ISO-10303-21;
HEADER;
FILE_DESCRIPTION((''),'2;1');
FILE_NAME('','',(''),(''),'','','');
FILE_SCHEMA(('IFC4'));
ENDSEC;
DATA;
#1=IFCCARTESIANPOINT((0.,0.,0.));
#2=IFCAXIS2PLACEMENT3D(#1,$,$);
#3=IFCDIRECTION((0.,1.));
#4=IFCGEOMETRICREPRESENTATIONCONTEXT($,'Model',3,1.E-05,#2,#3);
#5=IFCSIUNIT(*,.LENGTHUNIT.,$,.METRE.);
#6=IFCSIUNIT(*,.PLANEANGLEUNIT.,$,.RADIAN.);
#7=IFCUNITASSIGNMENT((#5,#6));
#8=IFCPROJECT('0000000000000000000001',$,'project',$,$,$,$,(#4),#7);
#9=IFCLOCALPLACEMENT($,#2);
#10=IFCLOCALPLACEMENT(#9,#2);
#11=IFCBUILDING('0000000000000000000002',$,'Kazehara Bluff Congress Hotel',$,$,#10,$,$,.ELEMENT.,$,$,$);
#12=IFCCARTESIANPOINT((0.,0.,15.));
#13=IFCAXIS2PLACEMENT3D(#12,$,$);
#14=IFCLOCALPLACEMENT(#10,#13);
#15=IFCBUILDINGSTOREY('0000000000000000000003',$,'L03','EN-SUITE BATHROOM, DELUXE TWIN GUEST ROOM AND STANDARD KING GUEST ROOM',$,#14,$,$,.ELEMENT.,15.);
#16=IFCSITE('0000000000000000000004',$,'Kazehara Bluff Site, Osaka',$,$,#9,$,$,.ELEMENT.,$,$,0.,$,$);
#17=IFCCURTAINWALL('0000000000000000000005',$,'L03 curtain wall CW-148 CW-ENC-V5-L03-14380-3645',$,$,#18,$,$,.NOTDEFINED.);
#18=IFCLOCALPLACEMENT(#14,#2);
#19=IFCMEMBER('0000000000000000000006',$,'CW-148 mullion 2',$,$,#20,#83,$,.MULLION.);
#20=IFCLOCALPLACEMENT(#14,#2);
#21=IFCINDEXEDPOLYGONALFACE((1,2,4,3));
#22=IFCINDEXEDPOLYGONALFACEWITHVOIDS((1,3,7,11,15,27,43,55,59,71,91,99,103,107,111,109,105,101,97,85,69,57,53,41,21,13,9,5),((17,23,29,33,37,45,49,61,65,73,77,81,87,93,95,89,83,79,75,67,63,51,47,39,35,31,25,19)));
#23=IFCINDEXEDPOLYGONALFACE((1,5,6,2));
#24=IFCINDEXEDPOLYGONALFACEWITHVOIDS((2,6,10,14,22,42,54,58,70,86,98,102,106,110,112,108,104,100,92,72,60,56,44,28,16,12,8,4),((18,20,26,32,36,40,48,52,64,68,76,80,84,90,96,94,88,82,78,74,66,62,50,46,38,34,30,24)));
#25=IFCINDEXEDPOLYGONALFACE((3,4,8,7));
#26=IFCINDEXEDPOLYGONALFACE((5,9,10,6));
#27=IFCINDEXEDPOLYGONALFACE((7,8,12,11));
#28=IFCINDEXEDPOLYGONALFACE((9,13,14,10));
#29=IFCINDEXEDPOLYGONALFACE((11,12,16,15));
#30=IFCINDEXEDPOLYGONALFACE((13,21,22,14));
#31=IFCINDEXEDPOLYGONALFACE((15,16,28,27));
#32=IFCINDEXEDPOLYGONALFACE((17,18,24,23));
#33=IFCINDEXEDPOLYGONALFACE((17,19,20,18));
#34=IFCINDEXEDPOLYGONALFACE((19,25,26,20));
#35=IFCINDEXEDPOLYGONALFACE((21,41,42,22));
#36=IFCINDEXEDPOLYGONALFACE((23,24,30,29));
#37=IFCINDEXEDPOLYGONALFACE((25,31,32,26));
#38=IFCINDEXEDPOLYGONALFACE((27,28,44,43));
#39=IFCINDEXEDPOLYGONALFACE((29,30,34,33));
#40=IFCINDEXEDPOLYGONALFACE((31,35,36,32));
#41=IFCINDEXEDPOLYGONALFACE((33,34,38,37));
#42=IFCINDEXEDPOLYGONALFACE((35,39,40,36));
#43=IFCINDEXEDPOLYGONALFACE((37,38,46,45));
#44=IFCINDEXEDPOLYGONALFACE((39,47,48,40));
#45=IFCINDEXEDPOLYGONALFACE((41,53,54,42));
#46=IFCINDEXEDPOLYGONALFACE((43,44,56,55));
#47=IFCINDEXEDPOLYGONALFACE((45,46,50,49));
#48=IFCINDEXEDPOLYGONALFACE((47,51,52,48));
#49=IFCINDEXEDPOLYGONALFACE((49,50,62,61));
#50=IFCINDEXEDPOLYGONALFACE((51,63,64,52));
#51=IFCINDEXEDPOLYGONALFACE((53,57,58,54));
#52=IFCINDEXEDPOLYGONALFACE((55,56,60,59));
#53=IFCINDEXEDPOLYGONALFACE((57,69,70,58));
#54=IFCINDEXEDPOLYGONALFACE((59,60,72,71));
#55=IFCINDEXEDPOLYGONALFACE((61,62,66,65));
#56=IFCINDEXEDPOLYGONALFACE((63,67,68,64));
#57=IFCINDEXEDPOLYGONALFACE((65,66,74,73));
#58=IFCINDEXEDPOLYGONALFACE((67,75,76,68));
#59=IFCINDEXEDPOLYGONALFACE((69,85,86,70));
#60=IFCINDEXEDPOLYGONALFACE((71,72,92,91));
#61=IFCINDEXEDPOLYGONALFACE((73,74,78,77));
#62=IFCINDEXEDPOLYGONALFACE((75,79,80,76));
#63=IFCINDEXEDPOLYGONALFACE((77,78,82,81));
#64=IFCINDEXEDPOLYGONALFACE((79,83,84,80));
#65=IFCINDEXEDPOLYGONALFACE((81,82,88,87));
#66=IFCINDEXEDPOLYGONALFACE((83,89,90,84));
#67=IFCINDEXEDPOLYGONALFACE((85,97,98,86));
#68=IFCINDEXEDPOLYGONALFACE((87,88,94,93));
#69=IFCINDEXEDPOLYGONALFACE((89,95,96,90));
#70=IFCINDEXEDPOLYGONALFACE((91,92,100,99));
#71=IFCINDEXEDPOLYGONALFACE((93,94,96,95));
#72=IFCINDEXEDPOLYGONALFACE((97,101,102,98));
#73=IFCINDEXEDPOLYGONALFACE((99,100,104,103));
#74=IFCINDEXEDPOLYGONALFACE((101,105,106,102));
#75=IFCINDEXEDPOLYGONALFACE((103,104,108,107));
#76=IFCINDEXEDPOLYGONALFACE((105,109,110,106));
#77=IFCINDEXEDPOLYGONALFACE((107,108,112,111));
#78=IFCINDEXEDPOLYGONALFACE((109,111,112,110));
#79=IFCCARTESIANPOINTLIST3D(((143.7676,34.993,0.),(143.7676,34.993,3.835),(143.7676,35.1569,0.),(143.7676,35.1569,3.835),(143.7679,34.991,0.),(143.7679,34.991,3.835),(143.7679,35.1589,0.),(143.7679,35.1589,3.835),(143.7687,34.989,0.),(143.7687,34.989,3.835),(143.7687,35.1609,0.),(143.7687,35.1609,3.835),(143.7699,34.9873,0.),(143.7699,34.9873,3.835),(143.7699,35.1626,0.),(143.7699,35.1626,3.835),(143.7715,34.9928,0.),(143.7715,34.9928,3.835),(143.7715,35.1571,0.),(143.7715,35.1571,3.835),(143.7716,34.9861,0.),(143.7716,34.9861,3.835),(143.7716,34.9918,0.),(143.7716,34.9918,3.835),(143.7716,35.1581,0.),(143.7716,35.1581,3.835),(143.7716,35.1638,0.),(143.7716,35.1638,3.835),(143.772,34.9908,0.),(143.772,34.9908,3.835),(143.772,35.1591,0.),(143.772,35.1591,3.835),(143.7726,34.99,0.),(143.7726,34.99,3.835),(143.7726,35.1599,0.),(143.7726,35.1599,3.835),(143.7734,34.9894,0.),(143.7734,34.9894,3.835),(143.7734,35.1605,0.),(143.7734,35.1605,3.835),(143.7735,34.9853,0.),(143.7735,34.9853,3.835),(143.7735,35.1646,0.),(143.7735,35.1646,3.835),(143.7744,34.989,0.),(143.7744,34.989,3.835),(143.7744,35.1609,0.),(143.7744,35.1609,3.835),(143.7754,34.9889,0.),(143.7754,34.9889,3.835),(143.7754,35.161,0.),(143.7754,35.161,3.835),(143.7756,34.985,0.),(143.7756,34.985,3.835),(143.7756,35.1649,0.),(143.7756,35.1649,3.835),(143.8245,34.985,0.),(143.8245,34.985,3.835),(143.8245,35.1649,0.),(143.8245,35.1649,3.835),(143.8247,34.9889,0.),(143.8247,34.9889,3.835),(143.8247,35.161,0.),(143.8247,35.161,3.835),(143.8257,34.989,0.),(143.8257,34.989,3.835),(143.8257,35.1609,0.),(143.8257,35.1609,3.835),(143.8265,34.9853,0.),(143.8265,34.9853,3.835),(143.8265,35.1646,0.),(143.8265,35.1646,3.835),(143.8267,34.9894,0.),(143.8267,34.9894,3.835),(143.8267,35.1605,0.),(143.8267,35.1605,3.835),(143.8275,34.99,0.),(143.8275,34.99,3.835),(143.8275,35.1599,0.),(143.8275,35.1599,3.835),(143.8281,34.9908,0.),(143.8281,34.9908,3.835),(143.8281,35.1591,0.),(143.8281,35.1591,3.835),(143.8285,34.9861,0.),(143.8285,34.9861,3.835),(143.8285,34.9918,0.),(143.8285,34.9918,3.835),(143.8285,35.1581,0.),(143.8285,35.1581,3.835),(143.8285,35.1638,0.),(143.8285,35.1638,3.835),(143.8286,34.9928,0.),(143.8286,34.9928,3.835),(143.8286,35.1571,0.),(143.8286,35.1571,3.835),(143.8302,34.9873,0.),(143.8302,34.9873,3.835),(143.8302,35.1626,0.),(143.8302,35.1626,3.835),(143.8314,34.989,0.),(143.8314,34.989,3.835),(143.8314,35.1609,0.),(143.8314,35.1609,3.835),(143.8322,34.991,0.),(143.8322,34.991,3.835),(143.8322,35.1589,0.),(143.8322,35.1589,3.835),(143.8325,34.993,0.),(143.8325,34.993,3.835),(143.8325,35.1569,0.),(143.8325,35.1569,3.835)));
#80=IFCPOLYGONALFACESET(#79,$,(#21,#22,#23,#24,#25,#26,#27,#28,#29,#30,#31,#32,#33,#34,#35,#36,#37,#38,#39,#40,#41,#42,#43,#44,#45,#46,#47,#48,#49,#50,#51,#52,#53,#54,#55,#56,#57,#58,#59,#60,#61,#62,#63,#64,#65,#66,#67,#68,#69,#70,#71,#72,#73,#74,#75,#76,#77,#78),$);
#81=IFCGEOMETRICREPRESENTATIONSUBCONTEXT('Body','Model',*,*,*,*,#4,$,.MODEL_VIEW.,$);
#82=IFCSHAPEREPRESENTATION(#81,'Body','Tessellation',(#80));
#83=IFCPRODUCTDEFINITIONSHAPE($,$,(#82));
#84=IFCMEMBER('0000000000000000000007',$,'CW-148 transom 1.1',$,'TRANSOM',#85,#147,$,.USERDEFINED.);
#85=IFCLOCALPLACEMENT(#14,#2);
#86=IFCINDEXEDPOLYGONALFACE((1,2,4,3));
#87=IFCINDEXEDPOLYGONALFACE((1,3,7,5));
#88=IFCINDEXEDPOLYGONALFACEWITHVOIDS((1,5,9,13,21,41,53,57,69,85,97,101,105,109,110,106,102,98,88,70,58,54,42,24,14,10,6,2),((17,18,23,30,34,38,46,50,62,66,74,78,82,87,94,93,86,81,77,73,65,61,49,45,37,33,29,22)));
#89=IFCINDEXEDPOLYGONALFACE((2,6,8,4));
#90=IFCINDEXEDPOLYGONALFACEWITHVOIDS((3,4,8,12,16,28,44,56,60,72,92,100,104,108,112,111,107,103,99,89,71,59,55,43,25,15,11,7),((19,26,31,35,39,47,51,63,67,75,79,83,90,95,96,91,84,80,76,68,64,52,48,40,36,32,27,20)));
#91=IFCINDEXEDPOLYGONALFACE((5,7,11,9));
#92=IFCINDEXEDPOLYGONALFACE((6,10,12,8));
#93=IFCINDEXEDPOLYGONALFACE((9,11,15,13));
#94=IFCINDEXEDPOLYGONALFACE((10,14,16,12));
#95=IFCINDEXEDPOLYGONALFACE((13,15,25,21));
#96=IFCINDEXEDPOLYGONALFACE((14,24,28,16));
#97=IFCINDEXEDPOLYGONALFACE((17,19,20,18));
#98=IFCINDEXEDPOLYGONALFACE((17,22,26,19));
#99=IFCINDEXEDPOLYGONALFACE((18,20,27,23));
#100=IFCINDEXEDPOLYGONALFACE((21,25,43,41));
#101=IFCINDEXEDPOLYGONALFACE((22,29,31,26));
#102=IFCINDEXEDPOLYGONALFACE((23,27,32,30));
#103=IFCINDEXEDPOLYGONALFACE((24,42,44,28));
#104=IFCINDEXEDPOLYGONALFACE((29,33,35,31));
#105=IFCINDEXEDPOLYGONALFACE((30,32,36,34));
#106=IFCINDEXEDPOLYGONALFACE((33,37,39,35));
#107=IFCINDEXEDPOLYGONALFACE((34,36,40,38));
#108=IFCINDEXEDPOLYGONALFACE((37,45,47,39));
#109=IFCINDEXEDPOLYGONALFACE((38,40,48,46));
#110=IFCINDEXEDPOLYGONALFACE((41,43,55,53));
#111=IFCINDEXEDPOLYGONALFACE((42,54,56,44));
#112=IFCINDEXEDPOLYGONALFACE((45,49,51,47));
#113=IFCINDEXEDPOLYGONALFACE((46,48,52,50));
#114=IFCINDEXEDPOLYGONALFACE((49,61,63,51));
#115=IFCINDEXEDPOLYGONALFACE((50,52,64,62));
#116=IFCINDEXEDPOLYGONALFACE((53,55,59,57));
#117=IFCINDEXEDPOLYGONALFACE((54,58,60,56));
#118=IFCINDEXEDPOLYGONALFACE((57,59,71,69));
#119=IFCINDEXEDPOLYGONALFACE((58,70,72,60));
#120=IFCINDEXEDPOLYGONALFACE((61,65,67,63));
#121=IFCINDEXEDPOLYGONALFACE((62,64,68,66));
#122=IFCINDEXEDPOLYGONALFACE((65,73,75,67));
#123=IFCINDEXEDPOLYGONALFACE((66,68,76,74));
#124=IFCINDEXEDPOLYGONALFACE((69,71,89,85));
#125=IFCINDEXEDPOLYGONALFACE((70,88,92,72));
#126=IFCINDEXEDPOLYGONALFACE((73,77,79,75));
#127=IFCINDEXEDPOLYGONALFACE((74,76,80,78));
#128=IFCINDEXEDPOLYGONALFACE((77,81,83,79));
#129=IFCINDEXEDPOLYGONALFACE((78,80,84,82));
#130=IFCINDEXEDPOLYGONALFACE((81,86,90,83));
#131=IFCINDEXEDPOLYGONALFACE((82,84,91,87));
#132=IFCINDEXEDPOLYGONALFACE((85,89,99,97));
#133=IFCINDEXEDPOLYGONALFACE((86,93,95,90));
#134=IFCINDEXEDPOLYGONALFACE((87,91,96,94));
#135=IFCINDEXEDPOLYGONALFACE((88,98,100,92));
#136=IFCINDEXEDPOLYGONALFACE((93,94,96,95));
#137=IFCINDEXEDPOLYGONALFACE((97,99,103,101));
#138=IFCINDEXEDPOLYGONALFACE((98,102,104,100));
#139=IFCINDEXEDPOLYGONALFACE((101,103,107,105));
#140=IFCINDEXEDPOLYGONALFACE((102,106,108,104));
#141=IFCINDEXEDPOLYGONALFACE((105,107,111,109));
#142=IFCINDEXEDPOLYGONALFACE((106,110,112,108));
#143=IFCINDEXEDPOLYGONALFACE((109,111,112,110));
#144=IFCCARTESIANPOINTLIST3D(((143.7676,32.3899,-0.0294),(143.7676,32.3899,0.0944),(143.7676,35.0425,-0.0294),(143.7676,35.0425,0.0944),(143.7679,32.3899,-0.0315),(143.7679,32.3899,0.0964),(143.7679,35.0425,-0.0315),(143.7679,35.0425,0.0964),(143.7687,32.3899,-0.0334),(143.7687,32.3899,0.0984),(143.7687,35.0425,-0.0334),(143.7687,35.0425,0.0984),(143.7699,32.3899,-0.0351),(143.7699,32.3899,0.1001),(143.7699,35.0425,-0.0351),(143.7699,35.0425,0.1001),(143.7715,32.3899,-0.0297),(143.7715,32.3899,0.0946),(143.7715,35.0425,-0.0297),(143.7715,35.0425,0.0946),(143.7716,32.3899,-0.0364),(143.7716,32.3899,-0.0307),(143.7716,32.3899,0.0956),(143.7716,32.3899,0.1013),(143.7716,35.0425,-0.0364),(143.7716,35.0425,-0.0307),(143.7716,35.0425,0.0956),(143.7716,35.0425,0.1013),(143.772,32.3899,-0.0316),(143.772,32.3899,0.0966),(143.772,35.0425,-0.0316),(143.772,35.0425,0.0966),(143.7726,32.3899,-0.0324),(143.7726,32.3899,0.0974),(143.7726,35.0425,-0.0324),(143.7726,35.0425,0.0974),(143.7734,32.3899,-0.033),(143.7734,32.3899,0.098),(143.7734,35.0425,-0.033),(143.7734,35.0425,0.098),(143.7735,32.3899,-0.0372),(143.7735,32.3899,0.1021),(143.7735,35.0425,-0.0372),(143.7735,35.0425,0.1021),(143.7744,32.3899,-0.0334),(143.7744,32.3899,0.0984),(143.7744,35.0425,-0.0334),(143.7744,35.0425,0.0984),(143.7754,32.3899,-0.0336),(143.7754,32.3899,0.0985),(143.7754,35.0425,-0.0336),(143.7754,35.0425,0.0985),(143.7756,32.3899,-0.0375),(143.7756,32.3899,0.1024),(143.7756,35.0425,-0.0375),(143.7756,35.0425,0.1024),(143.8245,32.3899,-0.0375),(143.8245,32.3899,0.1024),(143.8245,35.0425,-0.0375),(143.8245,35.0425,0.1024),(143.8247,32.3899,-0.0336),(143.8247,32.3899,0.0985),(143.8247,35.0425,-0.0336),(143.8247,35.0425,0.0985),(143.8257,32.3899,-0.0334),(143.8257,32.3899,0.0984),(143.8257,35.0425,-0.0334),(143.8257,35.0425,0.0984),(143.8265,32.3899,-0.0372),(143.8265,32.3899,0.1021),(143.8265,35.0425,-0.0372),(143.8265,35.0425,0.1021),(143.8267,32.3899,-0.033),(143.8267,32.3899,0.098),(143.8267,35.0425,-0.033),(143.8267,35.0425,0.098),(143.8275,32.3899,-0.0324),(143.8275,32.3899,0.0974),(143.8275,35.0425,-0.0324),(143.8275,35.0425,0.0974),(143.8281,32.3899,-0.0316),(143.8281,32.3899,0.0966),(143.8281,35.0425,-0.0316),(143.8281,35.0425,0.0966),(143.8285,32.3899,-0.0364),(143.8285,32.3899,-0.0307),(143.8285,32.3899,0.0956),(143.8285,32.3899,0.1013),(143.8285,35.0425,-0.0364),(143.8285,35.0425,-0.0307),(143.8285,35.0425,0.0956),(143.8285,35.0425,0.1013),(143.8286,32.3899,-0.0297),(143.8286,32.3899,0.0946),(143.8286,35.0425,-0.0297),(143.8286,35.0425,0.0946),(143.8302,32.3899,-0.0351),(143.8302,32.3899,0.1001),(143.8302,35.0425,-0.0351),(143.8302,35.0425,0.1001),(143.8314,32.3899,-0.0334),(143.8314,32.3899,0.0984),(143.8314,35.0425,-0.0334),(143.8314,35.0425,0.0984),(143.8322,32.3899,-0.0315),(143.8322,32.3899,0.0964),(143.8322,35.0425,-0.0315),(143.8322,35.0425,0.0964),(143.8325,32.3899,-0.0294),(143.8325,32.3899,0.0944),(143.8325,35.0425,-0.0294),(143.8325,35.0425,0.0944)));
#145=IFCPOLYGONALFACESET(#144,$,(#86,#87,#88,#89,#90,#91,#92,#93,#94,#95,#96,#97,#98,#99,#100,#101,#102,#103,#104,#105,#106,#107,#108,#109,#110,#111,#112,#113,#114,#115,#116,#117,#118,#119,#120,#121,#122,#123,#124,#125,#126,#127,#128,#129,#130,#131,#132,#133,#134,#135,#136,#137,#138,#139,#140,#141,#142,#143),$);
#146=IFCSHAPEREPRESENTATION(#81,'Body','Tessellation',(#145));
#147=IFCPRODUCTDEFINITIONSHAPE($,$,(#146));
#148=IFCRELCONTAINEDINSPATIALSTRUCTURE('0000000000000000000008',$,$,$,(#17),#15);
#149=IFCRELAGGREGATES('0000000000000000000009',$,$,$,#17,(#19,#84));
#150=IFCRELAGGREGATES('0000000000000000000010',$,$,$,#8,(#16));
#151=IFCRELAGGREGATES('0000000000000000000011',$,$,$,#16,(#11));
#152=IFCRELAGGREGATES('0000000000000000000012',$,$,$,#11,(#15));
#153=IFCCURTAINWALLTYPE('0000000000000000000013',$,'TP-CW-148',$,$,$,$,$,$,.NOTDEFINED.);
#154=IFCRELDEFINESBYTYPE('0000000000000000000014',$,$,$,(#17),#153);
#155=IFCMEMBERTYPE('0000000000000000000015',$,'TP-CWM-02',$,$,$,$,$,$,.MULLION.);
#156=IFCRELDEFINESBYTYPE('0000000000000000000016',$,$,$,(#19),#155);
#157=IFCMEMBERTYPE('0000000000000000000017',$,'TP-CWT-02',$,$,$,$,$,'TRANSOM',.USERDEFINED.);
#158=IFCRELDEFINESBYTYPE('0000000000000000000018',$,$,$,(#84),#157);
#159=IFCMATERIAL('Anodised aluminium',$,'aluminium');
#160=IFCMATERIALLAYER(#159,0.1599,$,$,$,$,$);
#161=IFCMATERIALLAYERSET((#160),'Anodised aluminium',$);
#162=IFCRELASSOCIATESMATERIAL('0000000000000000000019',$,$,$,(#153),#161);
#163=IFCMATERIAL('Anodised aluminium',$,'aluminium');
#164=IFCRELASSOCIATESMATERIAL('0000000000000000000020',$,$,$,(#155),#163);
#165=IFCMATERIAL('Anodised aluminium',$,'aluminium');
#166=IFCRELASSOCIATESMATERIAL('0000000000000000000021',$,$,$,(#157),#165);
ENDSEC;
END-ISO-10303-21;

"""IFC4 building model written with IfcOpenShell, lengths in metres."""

from ifc_helpers import new_model, si_unit, direction, frame, origin, origin_2d, place, context, subcontext, project, spatial, hollow_rectangle, extrude, material, layer, layer_set, material_profile, profile_set, type_object, element, aggregate, save


model = new_model("IFC4")

# Units and contexts
model_context = context("Model", 3, precision=1e-05, world=origin(), true_north=direction((0.0, 1.0)))
body_context = subcontext(model_context, "Body", "Model", "MODEL_VIEW")
ifc_project = project(units=[si_unit("LENGTHUNIT", "METRE"), si_unit("PLANEANGLEUNIT", "RADIAN")], contexts=[model_context])

# Site, building, storey
site_placement = place(None, origin())
site = spatial("IfcSite", under=ifc_project, at=site_placement, Name="Kazehara Bluff Site, Osaka", CompositionType="ELEMENT", RefElevation=0.0)
building_placement = place(site_placement, origin())
building = spatial("IfcBuilding", under=site, at=building_placement, Name="Kazehara Bluff Congress Hotel", CompositionType="ELEMENT")
storey_placement = place(building_placement, frame((0.0, 0.0, 15.0)))
storey = spatial("IfcBuildingStorey", under=building, at=storey_placement, Name="L03", Description="EN-SUITE BATHROOM, DELUXE TWIN GUEST ROOM AND STANDARD KING GUEST ROOM", CompositionType="ELEMENT", Elevation=15.0)

# Curtain wall, members
ifc_material_1 = material(Name="Anodised aluminium", Category="aluminium")
ifc_layer_1 = layer(ifc_material_1, 0.1599)
ifc_layer_set_1 = layer_set([ifc_layer_1], Name="Anodised aluminium")
curtain_wall_type = type_object("IfcCurtainWallType", Name="TP-CW-148", PredefinedType="NOTDEFINED", material=ifc_layer_set_1)
curtain_wall_placement = place(storey_placement, origin())
curtain_wall = element("IfcCurtainWall", 1, at=curtain_wall_placement, inside=storey, type_object=curtain_wall_type, Name="L03 curtain wall CW-148 CW-ENC-V5-L03-14380-3645", PredefinedType="NOTDEFINED")
ifc_material_2 = material(Name="Anodised aluminium", Category="aluminium")
ifc_material_profile_1 = material_profile(ifc_material_2, hollow_rectangle(XDim=0.0649, YDim=0.1799, WallThickness=0.0039, InnerFilletRadius=0.0039, OuterFilletRadius=0.0081, at=origin_2d()))
ifc_profile_set_1 = profile_set([ifc_material_profile_1], Name="Anodised aluminium")
member_type_1 = type_object("IfcMemberType", Name="TP-CWM-02", PredefinedType="MULLION", material=ifc_profile_set_1)
member_1_placement = place(storey_placement, frame((143.8, 35.075, 0.0), z_axis=(0.0, 0.0, 1.0), x_axis=(-1.0, 0.0, 0.0)))
member_1 = element("IfcMember", 2, at=member_1_placement, type_object=member_type_1, Name="CW-148 mullion 2", PredefinedType="MULLION", context=body_context, shape_type="SweptSolid", body=[
    extrude(hollow_rectangle(XDim=0.0649, YDim=0.1799, WallThickness=0.0039, InnerFilletRadius=0.0039, OuterFilletRadius=0.0081, at=origin_2d()), origin(), (0.0, 0.0, 1.0), 3.835),
])
ifc_material_3 = material(Name="Anodised aluminium", Category="aluminium")
ifc_material_profile_2 = material_profile(ifc_material_3, hollow_rectangle(XDim=0.0649, YDim=0.1399, WallThickness=0.0039, InnerFilletRadius=0.0039, OuterFilletRadius=0.0081, at=origin_2d()))
ifc_profile_set_2 = profile_set([ifc_material_profile_2], Name="Anodised aluminium")
member_type_2 = type_object("IfcMemberType", Name="TP-CWT-02", ElementType="TRANSOM", PredefinedType="USERDEFINED", material=ifc_profile_set_2)
member_2_placement = place(storey_placement, frame((143.8, 32.3899, 0.0325), z_axis=(0.0, 1.0, 0.0), x_axis=(-1.0, 0.0, 0.0)))
member_2 = element("IfcMember", 3, at=member_2_placement, type_object=member_type_2, Name="CW-148 transom 1.1", ObjectType="TRANSOM", PredefinedType="USERDEFINED", context=body_context, shape_type="SweptSolid", body=[
    extrude(hollow_rectangle(XDim=0.0649, YDim=0.1399, WallThickness=0.0039, InnerFilletRadius=0.0039, OuterFilletRadius=0.0081, at=origin_2d()), origin(), (0.0, 0.0, 1.0), 2.6526),
])

aggregate(curtain_wall, [member_1, member_2])

save(model, "model.ifc")
